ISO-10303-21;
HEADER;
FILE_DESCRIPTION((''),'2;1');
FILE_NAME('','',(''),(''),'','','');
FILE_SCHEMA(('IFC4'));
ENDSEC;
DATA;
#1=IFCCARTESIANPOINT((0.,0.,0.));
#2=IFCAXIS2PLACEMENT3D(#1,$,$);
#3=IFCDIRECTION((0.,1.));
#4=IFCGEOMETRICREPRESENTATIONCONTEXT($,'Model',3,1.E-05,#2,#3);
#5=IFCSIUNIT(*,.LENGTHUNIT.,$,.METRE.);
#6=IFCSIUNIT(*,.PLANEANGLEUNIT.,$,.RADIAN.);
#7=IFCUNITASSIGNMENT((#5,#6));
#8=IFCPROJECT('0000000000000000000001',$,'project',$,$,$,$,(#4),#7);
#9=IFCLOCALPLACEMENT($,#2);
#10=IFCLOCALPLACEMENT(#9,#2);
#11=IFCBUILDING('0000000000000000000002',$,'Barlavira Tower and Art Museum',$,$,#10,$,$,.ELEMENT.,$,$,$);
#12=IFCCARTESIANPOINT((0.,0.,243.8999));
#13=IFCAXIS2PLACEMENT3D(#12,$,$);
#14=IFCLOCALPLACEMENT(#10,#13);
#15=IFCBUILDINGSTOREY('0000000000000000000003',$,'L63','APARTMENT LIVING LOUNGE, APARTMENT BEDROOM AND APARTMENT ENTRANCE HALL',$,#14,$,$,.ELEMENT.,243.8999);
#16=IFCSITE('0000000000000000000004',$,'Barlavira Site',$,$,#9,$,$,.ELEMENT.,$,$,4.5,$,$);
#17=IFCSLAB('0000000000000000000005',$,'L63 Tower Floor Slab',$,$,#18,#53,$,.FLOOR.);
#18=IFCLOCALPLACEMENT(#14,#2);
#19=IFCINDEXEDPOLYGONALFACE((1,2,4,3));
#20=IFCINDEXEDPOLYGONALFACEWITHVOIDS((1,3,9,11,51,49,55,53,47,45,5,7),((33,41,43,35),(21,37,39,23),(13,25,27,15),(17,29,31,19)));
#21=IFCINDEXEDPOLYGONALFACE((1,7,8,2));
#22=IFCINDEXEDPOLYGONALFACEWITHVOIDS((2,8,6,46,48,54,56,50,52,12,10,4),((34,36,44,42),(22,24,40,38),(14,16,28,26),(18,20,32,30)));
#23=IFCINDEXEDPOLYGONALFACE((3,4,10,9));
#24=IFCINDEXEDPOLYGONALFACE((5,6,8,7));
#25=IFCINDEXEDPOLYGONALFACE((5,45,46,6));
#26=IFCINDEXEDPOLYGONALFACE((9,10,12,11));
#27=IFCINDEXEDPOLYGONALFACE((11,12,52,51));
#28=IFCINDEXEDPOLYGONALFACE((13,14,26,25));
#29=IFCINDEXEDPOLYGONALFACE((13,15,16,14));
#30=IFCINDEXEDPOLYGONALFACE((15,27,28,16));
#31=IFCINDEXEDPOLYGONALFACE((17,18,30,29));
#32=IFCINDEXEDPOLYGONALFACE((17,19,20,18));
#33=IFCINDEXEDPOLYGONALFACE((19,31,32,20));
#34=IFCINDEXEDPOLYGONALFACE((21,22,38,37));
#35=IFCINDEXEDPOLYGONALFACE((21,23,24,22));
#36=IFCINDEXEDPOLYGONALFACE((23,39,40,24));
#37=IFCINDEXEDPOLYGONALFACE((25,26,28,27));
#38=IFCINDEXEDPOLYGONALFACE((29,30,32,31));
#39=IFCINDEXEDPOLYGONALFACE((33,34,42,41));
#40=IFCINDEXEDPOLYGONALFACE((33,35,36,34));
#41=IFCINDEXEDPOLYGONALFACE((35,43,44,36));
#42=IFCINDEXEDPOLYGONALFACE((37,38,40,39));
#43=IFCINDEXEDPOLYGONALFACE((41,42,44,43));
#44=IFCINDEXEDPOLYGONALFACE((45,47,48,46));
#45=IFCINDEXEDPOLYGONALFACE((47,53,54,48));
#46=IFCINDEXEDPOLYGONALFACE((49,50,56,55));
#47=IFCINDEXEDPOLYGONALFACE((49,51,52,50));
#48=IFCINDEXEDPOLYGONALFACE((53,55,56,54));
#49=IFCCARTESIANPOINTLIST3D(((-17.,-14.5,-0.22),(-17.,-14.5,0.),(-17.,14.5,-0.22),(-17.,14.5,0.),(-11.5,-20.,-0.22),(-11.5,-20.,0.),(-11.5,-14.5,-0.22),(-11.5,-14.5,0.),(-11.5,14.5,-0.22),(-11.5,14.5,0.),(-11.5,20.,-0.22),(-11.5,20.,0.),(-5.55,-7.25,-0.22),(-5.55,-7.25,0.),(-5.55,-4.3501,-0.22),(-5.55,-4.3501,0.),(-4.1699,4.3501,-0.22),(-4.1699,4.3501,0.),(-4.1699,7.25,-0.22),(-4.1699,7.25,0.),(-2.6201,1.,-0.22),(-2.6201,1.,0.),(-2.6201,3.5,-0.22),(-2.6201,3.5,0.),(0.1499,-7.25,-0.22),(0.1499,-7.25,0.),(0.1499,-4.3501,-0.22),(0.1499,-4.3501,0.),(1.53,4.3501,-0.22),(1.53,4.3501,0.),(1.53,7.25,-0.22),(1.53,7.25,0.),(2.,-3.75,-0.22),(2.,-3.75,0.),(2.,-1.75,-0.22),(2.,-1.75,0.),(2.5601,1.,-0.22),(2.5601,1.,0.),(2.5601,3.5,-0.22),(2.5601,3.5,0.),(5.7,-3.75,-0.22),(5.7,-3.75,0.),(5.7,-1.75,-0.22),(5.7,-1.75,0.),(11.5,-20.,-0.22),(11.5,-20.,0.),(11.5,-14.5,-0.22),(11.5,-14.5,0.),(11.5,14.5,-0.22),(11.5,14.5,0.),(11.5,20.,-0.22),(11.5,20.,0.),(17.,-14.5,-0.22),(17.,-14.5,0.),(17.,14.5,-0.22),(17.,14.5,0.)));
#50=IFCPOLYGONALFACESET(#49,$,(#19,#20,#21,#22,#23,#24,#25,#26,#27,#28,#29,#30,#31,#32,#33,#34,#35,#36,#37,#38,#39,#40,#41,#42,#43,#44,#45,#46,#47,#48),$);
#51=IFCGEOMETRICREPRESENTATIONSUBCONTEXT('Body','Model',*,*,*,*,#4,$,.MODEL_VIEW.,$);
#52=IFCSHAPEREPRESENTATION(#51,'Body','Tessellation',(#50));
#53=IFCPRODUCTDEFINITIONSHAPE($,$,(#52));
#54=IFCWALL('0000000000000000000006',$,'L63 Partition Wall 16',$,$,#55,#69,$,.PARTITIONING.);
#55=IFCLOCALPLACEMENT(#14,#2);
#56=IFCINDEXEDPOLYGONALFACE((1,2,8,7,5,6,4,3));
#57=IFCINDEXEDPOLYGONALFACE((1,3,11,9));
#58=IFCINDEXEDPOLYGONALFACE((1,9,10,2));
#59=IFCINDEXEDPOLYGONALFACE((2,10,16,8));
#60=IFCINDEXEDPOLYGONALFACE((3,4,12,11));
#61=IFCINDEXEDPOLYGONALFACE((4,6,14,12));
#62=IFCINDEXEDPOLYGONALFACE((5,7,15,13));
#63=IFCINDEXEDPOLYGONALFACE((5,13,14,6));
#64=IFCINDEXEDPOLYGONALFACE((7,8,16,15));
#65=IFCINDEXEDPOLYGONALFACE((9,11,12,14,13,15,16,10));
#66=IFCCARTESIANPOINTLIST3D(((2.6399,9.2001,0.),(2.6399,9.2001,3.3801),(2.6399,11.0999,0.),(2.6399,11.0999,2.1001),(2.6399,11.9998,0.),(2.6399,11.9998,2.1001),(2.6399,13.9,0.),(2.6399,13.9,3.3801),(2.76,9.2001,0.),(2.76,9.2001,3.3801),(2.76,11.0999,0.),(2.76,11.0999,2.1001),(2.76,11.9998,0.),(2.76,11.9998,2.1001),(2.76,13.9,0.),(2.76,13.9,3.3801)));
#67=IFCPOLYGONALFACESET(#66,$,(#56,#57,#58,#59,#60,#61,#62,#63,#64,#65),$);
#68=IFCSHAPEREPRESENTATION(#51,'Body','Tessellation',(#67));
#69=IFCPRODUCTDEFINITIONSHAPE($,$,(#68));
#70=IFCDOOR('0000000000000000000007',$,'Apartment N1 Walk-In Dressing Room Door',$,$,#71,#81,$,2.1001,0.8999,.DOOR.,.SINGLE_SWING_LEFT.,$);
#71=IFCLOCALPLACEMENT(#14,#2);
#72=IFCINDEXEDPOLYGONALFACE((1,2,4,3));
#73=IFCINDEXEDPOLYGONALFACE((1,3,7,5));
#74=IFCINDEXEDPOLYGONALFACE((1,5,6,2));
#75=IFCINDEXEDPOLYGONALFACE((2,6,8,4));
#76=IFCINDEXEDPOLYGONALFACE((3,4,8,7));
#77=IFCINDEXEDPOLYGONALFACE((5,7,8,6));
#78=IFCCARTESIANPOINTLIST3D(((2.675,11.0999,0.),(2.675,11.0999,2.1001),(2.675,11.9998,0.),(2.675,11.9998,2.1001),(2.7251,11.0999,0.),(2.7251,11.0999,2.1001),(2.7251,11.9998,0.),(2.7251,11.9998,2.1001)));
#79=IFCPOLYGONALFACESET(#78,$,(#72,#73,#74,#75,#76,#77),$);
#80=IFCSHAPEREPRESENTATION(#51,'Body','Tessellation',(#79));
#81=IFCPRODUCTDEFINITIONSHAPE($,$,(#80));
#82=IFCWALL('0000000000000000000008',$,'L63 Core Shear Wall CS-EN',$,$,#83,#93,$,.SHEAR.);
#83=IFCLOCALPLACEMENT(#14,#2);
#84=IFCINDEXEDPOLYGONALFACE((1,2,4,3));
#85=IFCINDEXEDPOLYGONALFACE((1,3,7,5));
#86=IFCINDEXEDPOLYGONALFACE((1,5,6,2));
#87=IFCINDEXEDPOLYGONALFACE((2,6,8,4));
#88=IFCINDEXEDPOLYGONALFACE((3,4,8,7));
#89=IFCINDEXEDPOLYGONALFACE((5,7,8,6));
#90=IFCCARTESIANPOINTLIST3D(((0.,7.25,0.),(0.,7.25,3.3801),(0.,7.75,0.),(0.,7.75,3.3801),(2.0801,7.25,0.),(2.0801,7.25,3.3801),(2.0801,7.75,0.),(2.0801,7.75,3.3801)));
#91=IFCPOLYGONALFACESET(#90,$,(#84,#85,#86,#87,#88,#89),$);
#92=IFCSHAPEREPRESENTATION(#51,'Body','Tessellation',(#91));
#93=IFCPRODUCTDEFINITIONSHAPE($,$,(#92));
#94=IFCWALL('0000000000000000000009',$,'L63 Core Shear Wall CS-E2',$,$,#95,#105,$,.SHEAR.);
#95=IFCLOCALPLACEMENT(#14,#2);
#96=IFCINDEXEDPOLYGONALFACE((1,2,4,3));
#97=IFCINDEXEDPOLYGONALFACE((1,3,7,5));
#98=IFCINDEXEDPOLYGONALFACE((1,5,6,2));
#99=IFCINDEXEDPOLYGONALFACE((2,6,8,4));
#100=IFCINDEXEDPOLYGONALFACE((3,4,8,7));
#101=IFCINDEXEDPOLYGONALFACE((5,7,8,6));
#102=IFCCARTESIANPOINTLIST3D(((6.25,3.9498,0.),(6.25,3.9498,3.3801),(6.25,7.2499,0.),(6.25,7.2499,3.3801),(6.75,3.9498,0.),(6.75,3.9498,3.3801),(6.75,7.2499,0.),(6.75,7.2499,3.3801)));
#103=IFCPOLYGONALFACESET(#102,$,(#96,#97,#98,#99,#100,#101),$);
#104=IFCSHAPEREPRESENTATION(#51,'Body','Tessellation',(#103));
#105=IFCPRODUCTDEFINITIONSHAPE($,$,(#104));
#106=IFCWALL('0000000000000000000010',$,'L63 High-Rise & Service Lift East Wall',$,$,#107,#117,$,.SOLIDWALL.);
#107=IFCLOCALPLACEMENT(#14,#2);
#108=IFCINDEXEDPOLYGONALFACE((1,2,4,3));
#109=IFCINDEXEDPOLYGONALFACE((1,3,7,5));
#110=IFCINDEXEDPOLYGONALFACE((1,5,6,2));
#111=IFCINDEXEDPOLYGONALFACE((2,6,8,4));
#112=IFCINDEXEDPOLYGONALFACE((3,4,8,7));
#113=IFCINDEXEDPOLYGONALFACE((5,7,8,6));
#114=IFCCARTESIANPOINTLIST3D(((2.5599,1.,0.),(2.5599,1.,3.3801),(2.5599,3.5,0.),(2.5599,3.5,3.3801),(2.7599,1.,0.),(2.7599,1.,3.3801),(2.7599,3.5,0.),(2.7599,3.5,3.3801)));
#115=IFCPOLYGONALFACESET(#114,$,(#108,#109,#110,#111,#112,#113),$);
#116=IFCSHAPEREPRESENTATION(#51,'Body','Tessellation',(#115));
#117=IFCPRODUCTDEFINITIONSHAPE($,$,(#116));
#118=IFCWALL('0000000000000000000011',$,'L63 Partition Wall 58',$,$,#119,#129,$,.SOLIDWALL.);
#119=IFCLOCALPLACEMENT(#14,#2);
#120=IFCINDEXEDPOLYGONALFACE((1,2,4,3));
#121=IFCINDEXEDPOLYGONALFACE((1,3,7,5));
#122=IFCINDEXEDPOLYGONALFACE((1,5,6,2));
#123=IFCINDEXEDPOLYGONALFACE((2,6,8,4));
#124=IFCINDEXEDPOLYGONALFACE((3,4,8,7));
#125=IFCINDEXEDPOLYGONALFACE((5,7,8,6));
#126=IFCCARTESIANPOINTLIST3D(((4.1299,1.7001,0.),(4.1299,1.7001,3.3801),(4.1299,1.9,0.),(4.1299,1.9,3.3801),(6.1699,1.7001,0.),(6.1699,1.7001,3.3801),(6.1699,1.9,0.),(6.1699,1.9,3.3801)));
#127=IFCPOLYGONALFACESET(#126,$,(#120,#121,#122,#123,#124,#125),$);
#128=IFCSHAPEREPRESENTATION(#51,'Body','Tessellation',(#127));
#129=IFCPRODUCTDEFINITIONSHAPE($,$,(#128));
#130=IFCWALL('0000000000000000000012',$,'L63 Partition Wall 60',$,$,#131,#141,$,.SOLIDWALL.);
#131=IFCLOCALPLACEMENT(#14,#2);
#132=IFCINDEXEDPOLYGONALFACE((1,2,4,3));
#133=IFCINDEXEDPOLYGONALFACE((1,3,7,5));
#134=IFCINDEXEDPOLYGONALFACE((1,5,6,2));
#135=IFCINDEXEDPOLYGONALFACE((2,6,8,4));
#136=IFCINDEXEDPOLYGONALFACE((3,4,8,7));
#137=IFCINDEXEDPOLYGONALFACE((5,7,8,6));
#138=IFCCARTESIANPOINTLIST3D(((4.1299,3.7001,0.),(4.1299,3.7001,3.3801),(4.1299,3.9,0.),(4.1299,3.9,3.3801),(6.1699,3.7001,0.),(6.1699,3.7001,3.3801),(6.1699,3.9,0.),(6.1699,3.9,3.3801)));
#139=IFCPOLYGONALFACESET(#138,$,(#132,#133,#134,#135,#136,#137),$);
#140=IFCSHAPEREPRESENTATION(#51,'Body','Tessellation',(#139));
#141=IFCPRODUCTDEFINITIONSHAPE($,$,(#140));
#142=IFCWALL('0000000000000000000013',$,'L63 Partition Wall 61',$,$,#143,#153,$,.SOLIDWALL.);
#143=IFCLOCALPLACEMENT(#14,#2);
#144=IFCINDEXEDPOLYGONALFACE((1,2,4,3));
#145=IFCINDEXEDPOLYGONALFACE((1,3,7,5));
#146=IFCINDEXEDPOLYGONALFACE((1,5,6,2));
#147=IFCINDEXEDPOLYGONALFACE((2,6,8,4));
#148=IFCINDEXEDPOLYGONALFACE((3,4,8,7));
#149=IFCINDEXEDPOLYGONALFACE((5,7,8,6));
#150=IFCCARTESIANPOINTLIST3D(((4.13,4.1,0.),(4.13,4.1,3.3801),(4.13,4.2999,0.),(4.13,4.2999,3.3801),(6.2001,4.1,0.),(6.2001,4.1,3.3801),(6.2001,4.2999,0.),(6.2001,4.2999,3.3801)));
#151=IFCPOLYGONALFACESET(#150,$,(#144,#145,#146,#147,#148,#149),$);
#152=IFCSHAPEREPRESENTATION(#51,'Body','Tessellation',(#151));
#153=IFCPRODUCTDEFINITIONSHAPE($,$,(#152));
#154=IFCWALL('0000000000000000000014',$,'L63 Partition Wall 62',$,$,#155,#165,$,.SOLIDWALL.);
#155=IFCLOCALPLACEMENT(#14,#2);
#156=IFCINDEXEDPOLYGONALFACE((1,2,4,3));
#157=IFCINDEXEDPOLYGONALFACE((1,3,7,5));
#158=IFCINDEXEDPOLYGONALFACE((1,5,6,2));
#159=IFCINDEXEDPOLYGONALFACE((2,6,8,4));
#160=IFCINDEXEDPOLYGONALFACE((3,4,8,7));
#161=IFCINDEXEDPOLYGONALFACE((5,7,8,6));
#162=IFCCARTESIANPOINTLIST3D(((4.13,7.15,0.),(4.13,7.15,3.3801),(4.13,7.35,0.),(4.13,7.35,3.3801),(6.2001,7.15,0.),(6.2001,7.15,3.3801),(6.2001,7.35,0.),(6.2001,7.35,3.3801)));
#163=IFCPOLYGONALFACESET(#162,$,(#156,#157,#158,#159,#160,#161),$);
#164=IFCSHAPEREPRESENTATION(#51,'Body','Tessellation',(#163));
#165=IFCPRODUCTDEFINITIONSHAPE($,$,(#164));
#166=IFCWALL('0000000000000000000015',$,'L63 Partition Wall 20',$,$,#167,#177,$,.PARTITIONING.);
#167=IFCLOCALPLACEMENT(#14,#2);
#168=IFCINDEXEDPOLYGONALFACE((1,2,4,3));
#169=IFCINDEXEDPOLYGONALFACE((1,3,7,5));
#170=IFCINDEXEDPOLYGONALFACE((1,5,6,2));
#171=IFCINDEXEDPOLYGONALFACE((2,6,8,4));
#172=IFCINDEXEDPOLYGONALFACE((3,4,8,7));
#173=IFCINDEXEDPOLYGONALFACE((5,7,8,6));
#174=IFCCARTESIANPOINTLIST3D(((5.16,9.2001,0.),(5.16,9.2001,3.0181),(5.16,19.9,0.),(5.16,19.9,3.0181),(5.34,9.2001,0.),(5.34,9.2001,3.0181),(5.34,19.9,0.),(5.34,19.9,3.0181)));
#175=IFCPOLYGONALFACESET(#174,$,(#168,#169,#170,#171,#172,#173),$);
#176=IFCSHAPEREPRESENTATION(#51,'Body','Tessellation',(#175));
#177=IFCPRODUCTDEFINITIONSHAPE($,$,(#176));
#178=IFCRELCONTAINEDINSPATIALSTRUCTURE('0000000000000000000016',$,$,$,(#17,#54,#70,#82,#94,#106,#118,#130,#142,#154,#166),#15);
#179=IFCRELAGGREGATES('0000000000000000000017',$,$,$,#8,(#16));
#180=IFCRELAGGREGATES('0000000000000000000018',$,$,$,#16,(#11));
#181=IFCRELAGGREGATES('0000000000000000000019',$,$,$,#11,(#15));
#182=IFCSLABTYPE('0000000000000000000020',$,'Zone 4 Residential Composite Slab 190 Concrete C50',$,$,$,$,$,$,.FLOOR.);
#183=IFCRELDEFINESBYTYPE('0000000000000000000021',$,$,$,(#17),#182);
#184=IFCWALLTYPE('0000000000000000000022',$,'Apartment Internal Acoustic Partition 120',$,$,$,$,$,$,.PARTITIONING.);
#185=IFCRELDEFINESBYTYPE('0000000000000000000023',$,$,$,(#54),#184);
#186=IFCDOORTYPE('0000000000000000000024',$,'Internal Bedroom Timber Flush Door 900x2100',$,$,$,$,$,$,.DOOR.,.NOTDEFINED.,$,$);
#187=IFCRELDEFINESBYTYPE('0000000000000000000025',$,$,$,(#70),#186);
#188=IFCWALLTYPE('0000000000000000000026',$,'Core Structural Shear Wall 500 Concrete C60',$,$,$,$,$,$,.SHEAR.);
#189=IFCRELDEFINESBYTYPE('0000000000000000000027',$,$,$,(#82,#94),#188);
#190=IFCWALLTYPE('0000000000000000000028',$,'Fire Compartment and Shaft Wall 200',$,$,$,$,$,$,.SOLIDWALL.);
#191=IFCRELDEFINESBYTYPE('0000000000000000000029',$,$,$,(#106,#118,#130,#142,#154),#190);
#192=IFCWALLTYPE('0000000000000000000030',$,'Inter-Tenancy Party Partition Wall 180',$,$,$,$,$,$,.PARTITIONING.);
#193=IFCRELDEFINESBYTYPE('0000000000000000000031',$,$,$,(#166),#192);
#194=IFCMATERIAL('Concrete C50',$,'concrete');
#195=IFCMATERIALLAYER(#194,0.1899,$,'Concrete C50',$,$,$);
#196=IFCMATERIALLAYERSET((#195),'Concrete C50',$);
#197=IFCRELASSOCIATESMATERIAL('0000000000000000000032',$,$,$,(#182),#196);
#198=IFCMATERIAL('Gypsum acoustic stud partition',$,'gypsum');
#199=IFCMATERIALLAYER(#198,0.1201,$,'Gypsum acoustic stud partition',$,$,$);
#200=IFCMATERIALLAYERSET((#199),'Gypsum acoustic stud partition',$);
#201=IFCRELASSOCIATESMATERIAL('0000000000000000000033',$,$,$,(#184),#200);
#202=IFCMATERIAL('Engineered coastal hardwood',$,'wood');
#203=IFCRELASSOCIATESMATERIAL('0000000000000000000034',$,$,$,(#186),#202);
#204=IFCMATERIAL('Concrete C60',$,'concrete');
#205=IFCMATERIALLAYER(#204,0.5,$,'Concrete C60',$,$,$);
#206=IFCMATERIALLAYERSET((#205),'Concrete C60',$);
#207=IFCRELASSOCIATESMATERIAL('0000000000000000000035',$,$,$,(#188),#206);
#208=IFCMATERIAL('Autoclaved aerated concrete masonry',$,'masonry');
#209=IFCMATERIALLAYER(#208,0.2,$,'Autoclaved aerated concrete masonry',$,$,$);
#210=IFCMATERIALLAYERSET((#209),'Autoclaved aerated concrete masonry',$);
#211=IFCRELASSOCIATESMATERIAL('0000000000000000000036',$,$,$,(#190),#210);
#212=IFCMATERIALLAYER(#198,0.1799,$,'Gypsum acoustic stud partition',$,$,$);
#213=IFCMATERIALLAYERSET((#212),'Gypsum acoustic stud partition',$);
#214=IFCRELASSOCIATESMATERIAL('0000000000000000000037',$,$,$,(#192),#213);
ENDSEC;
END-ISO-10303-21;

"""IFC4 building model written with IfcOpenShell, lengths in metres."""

from ifc_helpers import new_model, si_unit, direction, frame, frame_2d, origin, place, context, subcontext, project, spatial, polyline, rectangle, outline, extrude, material, layer, layer_set, type_object, element, fill, save


model = new_model("IFC4")

# Units and contexts
model_context = context("Model", 3, precision=1e-05, world=origin(), true_north=direction((0.0, 1.0)))
body_context = subcontext(model_context, "Body", "Model", "MODEL_VIEW")
ifc_project = project(units=[si_unit("LENGTHUNIT", "METRE"), si_unit("PLANEANGLEUNIT", "RADIAN")], contexts=[model_context])

# Site, building, storey
site_placement = place(None, origin())
site = spatial("IfcSite", under=ifc_project, at=site_placement, Name="Barlavira Site", CompositionType="ELEMENT", RefElevation=4.5)
building_placement = place(site_placement, origin())
building = spatial("IfcBuilding", under=site, at=building_placement, Name="Barlavira Tower and Art Museum", CompositionType="ELEMENT")
storey_placement = place(building_placement, frame((0.0, 0.0, 243.8999)))
storey = spatial("IfcBuildingStorey", under=building, at=storey_placement, Name="L63", Description="APARTMENT LIVING LOUNGE, APARTMENT BEDROOM AND APARTMENT ENTRANCE HALL", CompositionType="ELEMENT", Elevation=243.8999)

# Slab
ifc_material_1 = material(Name="Concrete C50", Category="concrete")
ifc_layer_1 = layer(ifc_material_1, 0.1899, Name="Concrete C50")
ifc_layer_set_1 = layer_set([ifc_layer_1], Name="Concrete C50")
slab_type_1 = type_object("IfcSlabType", Name="Zone 4 Residential Composite Slab 190 Concrete C50", PredefinedType="FLOOR", material=ifc_layer_set_1)
slab_1_placement = place(storey_placement, frame((0.0, 0.0, -0.22)))
element("IfcSlab", 1, at=slab_1_placement, inside=storey, type_object=slab_type_1, Name="L63 Tower Floor Slab", PredefinedType="FLOOR", context=body_context, shape_type="SweptSolid", body=[
    extrude(outline(polyline([(-11.5, -20.0), (11.5, -20.0), (11.5, -14.5), (17.0, -14.5), (17.0, 14.5), (11.5, 14.5), (11.5, 20.0), (-11.5, 20.0), (-11.5, 14.5), (-17.0, 14.5), (-17.0, -14.5), (-11.5, -14.5), (-11.5, -20.0)]), holes=[polyline([(0.1499, -4.3501), (-5.55, -4.3501), (-5.55, -7.25), (0.1499, -7.25), (0.1499, -4.3501)]), polyline([(-4.1699, 4.3501), (1.53, 4.3501), (1.53, 7.25), (-4.1699, 7.25), (-4.1699, 4.3501)]), polyline([(-2.6201, 1.0), (2.5601, 1.0), (2.5601, 3.5), (-2.6201, 3.5), (-2.6201, 1.0)]), polyline([(2.0, -3.75), (5.7, -3.75), (5.7, -1.75), (2.0, -1.75), (2.0, -3.75)])]), origin(), (0.0, 0.0, 1.0), 0.22),
])

# Wall, opening, door
ifc_material_2 = material(Name="Gypsum acoustic stud partition", Category="gypsum")
ifc_layer_2 = layer(ifc_material_2, 0.1201, Name="Gypsum acoustic stud partition")
ifc_layer_set_2 = layer_set([ifc_layer_2], Name="Gypsum acoustic stud partition")
wall_type_1 = type_object("IfcWallType", Name="Apartment Internal Acoustic Partition 120", PredefinedType="PARTITIONING", material=ifc_layer_set_2)
wall_1_placement = place(storey_placement, frame((2.7, 9.2, 0.0), z_axis=(0.0, 0.0, 1.0), x_axis=(0.0, 1.0, 0.0)))
wall_1 = element("IfcWall", 2, at=wall_1_placement, inside=storey, type_object=wall_type_1, Name="L63 Partition Wall 16", PredefinedType="PARTITIONING", context=body_context, shape_type="SweptSolid", body=[
    extrude(rectangle(XDim=4.7, YDim=0.1201, at=frame_2d((2.3501, 0.0))), origin(), (0.0, 0.0, 1.0), 3.3801),
])
opening_1_placement = place(wall_1_placement, frame((1.8999, 0.0, 0.0)))
opening_1 = element("IfcOpeningElement", 3, at=opening_1_placement, cuts=wall_1, PredefinedType="OPENING", context=body_context, shape_type="SweptSolid", body=[
    extrude(rectangle(XDim=0.8999, YDim=2.1001, at=frame_2d((0.45, 1.05))), frame((0.0, 0.0701, 0.0), z_axis=(0.0, -1.0, 0.0), x_axis=(1.0, 0.0, 0.0)), (0.0, 0.0, 1.0), 0.1401),
])
ifc_material_3 = material(Name="Engineered coastal hardwood", Category="wood")
door_type_1 = type_object("IfcDoorType", Name="Internal Bedroom Timber Flush Door 900x2100", OperationType="NOTDEFINED", PredefinedType="DOOR", material=ifc_material_3)
door_1_placement = place(opening_1_placement, origin())
door_1 = element("IfcDoor", 4, at=door_1_placement, inside=storey, type_object=door_type_1, Name="Apartment N1 Walk-In Dressing Room Door", OperationType="SINGLE_SWING_LEFT", OverallHeight=2.1001, OverallWidth=0.8999, PredefinedType="DOOR", context=body_context, shape_type="SweptSolid", body=[
    extrude(rectangle(XDim=0.8999, YDim=2.1001, at=frame_2d((0.45, 1.05))), frame((0.0, 0.0249, 0.0), z_axis=(0.0, -1.0, 0.0), x_axis=(1.0, 0.0, 0.0)), (0.0, 0.0, 1.0), 0.05),
])
fill(opening_1, door_1)

# Walls
ifc_material_4 = material(Name="Concrete C60", Category="concrete")
ifc_layer_3 = layer(ifc_material_4, 0.5, Name="Concrete C60")
ifc_layer_set_3 = layer_set([ifc_layer_3], Name="Concrete C60")
wall_type_2 = type_object("IfcWallType", Name="Core Structural Shear Wall 500 Concrete C60", PredefinedType="SHEAR", material=ifc_layer_set_3)
wall_2_placement = place(storey_placement, frame((0.0, 7.5, 0.0), z_axis=(0.0, 0.0, 1.0), x_axis=(1.0, 0.0, 0.0)))
element("IfcWall", 5, at=wall_2_placement, inside=storey, type_object=wall_type_2, Name="L63 Core Shear Wall CS-EN", PredefinedType="SHEAR", context=body_context, shape_type="SweptSolid", body=[
    extrude(rectangle(XDim=2.0801, YDim=0.5, at=frame_2d((1.04, 0.0))), origin(), (0.0, 0.0, 1.0), 3.3801),
])
wall_3_placement = place(storey_placement, frame((6.5, 3.95, 0.0), z_axis=(0.0, 0.0, 1.0), x_axis=(0.0, 1.0, 0.0)))
element("IfcWall", 6, at=wall_3_placement, inside=storey, type_object=wall_type_2, Name="L63 Core Shear Wall CS-E2", PredefinedType="SHEAR", context=body_context, shape_type="SweptSolid", body=[
    extrude(rectangle(XDim=3.3, YDim=0.5, at=frame_2d((1.6499, 0.0))), origin(), (0.0, 0.0, 1.0), 3.3801),
])
ifc_material_5 = material(Name="Autoclaved aerated concrete masonry", Category="masonry")
ifc_layer_4 = layer(ifc_material_5, 0.2, Name="Autoclaved aerated concrete masonry")
ifc_layer_set_4 = layer_set([ifc_layer_4], Name="Autoclaved aerated concrete masonry")
wall_type_3 = type_object("IfcWallType", Name="Fire Compartment and Shaft Wall 200", PredefinedType="SOLIDWALL", material=ifc_layer_set_4)
wall_4_placement = place(storey_placement, frame((2.6599, 1.0, 0.0), z_axis=(0.0, 0.0, 1.0), x_axis=(0.0, 1.0, 0.0)))
element("IfcWall", 7, at=wall_4_placement, inside=storey, type_object=wall_type_3, Name="L63 High-Rise & Service Lift East Wall", PredefinedType="SOLIDWALL", context=body_context, shape_type="SweptSolid", body=[
    extrude(rectangle(XDim=2.5, YDim=0.2, at=frame_2d((1.25, 0.0))), origin(), (0.0, 0.0, 1.0), 3.3801),
])

# Walls
for number, where, z_axis, x_axis, name in (
    (8, (4.1299, 1.8, 0.0), (0.0, 0.0, 1.0), (1.0, 0.0, 0.0), "L63 Partition Wall 58"),
    (9, (4.1299, 3.8, 0.0), (0.0, 0.0, 1.0), (1.0, 0.0, 0.0), "L63 Partition Wall 60"),
):
    element("IfcWall", number, at=place(storey_placement, frame(where, z_axis=z_axis, x_axis=x_axis)), inside=storey, type_object=wall_type_3, Name=name, PredefinedType="SOLIDWALL", context=body_context, shape_type="SweptSolid", body=[
        extrude(rectangle(XDim=2.04, YDim=0.2, at=frame_2d((1.02, 0.0))), origin(), (0.0, 0.0, 1.0), 3.3801),
    ])
for number, where, z_axis, x_axis, name in (
    (10, (4.1299, 4.2, 0.0), (0.0, 0.0, 1.0), (1.0, 0.0, 0.0), "L63 Partition Wall 61"),
    (11, (4.1299, 7.25, 0.0), (0.0, 0.0, 1.0), (1.0, 0.0, 0.0), "L63 Partition Wall 62"),
):
    element("IfcWall", number, at=place(storey_placement, frame(where, z_axis=z_axis, x_axis=x_axis)), inside=storey, type_object=wall_type_3, Name=name, PredefinedType="SOLIDWALL", context=body_context, shape_type="SweptSolid", body=[
        extrude(rectangle(XDim=2.0701, YDim=0.2, at=frame_2d((1.0352, 0.0))), origin(), (0.0, 0.0, 1.0), 3.3801),
    ])
ifc_layer_5 = layer(ifc_material_2, 0.1799, Name="Gypsum acoustic stud partition")
ifc_layer_set_5 = layer_set([ifc_layer_5], Name="Gypsum acoustic stud partition")
wall_type_4 = type_object("IfcWallType", Name="Inter-Tenancy Party Partition Wall 180", PredefinedType="PARTITIONING", material=ifc_layer_set_5)
wall_5_placement = place(storey_placement, frame((5.25, 9.2, 0.0), z_axis=(0.0, 0.0, 1.0), x_axis=(0.0, 1.0, 0.0)))
element("IfcWall", 12, at=wall_5_placement, inside=storey, type_object=wall_type_4, Name="L63 Partition Wall 20", PredefinedType="PARTITIONING", context=body_context, shape_type="SweptSolid", body=[
    extrude(rectangle(XDim=10.7, YDim=0.1799, at=frame_2d((5.3501, 0.0))), origin(), (0.0, 0.0, 1.0), 3.0181),
])

save(model, "model.ifc")
